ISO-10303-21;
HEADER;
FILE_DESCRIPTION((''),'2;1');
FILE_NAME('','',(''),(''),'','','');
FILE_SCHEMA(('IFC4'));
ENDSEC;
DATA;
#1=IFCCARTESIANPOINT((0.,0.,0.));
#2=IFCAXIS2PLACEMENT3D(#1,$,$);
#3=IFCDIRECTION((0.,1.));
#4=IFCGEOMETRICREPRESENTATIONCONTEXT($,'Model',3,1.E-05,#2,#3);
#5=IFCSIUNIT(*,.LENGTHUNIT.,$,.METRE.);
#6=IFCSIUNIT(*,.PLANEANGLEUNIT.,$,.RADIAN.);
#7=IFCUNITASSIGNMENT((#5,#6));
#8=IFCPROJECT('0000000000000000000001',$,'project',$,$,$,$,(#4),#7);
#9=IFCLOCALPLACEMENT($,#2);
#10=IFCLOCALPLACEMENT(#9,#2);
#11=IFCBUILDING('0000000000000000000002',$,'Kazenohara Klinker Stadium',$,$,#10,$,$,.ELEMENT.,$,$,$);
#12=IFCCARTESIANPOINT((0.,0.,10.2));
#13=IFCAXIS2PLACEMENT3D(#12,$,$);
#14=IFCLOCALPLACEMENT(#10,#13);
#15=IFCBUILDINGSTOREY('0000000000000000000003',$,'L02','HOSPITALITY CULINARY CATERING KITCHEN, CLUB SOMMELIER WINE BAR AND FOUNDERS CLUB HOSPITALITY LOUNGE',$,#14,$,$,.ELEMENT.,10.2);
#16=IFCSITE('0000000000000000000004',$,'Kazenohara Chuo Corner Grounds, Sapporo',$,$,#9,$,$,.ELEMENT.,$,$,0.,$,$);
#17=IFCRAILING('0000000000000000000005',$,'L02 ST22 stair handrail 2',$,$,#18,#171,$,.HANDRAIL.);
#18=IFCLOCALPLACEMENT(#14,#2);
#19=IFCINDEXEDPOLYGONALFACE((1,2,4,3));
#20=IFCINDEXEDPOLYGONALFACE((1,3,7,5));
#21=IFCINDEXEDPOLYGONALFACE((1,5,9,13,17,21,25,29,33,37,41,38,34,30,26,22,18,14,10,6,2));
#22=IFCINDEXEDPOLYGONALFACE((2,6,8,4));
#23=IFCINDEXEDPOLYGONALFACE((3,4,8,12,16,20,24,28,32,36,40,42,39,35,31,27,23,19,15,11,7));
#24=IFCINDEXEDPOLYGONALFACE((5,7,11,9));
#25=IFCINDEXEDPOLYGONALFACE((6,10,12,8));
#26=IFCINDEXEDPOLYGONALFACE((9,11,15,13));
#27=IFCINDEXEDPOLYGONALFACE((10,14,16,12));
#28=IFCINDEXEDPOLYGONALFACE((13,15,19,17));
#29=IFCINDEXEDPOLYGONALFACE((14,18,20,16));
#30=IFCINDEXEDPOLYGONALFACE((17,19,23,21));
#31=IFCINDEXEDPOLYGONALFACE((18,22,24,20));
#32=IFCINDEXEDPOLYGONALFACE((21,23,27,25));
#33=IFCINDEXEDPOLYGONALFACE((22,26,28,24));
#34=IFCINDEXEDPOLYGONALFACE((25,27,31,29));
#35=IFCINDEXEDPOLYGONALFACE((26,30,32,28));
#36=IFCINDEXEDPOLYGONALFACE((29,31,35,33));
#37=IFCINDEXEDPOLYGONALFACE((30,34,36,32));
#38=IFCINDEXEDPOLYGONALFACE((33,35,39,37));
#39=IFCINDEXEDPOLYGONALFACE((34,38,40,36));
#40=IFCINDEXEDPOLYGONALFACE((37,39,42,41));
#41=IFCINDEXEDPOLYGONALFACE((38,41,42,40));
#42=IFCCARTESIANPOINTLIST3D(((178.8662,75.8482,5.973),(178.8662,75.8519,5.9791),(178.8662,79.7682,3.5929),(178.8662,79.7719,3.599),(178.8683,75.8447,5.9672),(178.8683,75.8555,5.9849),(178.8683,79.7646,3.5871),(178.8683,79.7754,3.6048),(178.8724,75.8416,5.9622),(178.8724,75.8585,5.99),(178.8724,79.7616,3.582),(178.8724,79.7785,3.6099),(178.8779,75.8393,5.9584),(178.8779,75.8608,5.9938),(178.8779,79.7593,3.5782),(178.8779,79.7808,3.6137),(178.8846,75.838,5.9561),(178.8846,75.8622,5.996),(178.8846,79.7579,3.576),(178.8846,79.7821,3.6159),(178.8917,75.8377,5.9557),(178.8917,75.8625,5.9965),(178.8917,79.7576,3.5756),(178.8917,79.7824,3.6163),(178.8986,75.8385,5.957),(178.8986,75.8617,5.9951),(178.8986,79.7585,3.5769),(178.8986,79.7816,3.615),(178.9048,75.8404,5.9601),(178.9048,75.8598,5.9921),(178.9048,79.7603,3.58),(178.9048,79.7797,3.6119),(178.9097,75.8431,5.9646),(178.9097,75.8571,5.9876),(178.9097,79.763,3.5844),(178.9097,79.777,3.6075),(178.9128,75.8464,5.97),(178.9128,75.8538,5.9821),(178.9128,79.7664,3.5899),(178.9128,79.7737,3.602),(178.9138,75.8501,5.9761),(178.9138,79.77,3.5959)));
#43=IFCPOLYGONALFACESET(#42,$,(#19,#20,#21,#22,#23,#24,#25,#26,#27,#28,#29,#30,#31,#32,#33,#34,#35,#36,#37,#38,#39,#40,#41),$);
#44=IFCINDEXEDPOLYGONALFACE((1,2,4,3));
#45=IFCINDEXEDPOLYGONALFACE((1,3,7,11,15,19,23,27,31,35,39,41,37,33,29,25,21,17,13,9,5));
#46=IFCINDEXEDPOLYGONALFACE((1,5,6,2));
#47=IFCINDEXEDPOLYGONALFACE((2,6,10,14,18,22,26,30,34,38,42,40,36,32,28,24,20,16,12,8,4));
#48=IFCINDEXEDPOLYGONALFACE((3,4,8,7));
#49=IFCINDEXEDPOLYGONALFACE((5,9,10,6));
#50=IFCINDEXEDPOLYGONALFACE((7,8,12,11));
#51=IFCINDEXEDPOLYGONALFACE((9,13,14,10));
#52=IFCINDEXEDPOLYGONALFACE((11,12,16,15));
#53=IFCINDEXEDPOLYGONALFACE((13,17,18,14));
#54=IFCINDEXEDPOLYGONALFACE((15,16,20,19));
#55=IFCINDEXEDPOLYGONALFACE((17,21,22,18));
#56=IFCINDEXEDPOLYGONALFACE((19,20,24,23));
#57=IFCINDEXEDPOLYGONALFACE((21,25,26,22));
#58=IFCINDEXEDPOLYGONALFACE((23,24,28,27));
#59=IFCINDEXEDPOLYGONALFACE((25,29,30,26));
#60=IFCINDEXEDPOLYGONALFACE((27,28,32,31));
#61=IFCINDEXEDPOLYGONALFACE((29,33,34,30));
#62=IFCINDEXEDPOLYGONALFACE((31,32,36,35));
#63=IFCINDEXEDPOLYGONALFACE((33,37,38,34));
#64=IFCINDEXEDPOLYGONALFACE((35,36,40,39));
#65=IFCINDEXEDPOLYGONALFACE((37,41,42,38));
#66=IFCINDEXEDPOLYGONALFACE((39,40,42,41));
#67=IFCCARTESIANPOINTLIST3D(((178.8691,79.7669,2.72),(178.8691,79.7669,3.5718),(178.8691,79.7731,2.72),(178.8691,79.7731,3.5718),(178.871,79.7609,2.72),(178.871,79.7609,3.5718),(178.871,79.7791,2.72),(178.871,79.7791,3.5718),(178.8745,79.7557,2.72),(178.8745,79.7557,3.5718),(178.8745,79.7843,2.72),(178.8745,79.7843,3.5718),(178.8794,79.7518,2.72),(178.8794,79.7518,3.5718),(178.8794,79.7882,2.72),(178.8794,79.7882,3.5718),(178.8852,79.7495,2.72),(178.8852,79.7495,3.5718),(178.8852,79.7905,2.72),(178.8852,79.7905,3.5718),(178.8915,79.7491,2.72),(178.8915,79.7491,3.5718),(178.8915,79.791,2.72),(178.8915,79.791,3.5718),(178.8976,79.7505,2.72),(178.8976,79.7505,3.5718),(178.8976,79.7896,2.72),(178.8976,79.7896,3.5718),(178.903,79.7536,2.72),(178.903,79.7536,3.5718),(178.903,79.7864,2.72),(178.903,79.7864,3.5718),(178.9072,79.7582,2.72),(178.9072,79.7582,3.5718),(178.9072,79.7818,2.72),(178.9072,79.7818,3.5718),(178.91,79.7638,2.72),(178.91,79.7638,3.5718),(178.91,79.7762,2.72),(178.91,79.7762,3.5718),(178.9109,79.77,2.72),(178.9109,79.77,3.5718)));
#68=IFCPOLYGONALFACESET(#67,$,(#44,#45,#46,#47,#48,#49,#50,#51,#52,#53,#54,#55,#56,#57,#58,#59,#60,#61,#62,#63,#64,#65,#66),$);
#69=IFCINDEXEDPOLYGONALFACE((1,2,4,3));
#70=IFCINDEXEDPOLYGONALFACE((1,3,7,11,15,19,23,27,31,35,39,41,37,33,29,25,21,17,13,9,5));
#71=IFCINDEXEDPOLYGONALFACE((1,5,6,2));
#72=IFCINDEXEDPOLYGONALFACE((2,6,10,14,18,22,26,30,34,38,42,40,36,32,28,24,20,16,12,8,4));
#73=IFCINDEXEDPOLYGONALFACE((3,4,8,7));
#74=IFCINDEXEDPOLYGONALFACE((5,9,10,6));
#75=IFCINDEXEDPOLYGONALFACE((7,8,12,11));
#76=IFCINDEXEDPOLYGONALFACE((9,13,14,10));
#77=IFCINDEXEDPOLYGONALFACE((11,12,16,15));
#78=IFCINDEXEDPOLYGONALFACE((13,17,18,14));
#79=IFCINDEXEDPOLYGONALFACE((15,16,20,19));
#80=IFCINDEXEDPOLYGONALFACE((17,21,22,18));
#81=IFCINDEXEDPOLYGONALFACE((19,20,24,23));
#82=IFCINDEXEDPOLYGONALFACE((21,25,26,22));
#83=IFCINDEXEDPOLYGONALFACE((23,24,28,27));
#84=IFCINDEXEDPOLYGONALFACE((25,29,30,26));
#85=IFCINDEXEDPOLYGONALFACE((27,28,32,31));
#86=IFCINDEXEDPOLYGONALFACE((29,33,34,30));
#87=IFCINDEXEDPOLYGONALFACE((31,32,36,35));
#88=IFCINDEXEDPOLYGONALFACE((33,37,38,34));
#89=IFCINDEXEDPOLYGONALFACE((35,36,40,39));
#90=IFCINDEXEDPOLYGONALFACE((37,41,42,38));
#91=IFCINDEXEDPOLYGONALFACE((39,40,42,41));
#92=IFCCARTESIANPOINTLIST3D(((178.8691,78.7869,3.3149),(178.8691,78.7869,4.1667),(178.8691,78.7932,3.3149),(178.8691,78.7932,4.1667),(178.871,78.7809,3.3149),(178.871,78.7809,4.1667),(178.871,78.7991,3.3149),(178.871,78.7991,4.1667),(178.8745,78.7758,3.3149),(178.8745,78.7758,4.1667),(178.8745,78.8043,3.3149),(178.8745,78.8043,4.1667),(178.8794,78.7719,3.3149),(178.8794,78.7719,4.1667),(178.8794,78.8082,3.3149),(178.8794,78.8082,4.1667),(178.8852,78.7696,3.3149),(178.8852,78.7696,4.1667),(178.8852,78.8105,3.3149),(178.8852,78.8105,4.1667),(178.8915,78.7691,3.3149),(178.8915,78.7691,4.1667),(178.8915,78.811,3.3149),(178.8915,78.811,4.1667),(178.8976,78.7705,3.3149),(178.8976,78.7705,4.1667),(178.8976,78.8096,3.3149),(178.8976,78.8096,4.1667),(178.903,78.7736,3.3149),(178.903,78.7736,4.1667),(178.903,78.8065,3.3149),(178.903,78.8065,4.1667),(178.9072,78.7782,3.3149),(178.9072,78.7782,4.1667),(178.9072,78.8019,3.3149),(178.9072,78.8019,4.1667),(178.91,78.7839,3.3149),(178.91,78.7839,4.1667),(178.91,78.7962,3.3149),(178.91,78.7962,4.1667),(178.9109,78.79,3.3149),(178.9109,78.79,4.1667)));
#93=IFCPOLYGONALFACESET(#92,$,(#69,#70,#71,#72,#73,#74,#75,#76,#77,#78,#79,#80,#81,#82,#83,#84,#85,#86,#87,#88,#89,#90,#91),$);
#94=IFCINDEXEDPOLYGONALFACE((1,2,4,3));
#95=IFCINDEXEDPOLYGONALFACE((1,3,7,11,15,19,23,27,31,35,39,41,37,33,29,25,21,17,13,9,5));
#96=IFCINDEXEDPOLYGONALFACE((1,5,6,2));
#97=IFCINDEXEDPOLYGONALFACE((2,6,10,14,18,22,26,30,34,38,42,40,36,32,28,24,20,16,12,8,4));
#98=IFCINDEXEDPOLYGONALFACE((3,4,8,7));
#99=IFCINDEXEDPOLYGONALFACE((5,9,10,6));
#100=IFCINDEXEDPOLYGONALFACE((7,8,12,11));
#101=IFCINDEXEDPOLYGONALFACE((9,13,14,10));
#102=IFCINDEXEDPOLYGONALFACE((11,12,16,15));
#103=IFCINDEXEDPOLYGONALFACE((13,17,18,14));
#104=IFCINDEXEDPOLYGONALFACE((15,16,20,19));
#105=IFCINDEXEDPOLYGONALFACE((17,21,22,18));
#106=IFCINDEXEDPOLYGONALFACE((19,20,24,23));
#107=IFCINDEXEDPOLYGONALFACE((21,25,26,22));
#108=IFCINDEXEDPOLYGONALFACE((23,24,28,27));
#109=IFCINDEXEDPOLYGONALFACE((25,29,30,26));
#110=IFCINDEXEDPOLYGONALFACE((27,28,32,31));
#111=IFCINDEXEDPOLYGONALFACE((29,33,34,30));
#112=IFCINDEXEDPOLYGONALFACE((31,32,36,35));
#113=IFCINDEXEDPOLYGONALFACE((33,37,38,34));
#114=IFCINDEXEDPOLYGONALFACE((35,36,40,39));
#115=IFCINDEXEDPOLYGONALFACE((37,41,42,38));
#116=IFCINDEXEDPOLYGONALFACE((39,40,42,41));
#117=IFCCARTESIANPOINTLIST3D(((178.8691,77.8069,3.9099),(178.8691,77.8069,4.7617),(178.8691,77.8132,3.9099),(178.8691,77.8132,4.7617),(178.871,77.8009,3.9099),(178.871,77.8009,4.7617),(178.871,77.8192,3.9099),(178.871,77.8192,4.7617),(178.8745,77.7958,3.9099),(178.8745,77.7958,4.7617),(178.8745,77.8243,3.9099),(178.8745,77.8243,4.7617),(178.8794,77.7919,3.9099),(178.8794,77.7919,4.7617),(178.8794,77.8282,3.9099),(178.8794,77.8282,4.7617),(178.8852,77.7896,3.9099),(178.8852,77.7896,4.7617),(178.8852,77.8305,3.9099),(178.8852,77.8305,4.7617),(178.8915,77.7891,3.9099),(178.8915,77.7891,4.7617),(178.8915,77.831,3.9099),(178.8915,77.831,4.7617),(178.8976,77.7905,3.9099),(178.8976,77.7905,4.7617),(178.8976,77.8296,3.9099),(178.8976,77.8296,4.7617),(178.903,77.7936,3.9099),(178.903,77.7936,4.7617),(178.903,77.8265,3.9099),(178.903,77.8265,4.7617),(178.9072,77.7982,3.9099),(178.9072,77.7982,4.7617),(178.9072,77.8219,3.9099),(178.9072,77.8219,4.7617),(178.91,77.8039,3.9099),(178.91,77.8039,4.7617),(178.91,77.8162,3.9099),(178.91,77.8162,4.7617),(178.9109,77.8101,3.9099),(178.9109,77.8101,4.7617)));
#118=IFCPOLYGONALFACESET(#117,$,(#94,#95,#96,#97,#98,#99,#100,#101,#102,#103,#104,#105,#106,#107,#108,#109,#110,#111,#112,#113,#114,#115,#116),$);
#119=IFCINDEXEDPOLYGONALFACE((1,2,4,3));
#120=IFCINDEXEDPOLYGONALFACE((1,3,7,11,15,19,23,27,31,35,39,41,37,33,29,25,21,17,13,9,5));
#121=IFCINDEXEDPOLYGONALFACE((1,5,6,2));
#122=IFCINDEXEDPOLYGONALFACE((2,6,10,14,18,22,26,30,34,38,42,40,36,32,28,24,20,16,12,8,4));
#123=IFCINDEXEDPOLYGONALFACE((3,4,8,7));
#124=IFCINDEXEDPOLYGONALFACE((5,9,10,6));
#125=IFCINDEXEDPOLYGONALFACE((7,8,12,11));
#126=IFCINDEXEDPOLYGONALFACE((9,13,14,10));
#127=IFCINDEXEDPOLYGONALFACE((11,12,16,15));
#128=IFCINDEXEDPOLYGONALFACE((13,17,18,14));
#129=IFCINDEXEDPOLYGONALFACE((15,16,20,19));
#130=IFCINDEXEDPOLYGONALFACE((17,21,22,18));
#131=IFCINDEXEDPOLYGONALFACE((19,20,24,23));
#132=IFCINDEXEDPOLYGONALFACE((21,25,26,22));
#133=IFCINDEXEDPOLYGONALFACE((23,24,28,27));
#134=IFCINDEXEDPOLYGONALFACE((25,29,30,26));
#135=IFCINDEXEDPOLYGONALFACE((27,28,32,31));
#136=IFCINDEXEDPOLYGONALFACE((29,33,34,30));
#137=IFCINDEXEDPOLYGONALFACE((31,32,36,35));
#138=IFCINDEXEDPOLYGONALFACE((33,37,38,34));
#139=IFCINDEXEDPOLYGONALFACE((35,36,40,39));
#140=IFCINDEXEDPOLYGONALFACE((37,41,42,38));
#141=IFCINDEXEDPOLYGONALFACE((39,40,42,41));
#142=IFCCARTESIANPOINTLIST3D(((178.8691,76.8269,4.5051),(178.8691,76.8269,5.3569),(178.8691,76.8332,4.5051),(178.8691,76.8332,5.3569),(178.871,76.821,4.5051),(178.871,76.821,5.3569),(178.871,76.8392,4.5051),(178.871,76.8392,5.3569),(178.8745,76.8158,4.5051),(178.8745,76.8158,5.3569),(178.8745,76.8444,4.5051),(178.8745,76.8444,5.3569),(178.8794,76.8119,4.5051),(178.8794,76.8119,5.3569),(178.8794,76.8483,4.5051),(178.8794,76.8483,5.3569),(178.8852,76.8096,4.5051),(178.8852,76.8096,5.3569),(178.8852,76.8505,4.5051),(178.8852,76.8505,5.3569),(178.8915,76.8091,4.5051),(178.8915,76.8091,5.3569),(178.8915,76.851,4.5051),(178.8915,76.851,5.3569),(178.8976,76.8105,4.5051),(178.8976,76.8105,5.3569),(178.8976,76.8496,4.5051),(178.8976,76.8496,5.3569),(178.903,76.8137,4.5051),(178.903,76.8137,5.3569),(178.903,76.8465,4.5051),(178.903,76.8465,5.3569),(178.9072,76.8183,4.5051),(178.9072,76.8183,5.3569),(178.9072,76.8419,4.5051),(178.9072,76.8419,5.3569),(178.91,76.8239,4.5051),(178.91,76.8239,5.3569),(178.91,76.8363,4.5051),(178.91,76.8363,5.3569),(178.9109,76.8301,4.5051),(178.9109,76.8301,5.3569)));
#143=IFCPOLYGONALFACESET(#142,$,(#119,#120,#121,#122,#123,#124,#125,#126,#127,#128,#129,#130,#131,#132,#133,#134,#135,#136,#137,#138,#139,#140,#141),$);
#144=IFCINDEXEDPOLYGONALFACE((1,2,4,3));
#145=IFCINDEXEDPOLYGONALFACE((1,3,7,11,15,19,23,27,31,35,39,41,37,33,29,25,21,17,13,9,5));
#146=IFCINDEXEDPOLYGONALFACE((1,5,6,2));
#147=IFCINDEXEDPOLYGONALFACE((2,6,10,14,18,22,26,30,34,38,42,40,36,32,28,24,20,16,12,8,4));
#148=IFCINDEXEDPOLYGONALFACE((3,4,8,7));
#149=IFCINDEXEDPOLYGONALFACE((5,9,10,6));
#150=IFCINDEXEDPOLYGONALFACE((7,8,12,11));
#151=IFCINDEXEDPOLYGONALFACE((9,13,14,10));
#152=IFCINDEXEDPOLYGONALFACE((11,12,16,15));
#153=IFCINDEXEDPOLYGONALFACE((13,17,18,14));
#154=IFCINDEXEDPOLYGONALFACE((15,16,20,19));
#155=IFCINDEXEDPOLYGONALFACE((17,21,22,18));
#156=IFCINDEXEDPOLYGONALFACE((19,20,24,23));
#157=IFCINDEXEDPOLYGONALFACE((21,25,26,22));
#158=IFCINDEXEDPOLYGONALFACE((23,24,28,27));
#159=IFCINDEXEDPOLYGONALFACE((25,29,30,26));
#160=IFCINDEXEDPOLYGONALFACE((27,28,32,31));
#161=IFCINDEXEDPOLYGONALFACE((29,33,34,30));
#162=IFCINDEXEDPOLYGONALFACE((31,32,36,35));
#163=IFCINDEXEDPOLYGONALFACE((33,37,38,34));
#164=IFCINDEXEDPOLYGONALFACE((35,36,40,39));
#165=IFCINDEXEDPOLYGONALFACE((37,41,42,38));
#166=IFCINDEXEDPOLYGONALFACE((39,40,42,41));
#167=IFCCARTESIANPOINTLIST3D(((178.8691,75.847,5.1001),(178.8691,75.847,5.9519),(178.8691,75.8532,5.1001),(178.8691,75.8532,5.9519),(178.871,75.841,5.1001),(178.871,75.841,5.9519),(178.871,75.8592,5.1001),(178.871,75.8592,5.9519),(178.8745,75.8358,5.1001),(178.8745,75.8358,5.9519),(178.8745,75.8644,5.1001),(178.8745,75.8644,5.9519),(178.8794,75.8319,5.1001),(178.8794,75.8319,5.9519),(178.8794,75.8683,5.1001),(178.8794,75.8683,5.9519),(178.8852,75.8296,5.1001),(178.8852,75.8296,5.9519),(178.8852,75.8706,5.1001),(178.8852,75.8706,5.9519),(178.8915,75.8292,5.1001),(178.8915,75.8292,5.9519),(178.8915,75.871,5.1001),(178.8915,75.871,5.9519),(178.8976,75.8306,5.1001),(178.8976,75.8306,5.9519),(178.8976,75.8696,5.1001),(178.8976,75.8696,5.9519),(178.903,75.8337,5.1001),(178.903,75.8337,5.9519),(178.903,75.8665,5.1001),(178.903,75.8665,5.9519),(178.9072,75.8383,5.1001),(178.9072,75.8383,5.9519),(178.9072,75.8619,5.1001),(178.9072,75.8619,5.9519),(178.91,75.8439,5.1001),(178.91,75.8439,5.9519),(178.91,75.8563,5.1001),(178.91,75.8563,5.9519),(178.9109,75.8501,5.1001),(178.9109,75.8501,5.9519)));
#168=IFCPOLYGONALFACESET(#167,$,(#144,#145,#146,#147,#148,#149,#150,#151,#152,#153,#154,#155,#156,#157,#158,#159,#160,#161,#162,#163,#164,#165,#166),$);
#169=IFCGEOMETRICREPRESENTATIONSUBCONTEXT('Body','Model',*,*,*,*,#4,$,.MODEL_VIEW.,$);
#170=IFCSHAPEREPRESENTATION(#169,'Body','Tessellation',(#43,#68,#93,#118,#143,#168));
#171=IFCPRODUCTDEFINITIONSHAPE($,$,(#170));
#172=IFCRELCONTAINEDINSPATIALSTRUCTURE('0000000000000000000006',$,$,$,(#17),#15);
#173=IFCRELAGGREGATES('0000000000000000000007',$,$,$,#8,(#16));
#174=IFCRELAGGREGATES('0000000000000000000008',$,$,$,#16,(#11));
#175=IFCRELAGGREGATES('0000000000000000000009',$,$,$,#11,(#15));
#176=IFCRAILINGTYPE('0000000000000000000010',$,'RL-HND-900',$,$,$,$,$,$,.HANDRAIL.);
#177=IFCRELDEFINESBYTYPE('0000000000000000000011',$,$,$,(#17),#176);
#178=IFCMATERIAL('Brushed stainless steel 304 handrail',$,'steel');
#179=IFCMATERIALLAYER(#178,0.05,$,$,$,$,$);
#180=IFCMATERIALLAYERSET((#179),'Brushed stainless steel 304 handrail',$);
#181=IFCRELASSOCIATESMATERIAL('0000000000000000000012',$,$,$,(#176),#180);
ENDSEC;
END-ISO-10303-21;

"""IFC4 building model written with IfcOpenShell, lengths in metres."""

from ifc_helpers import new_model, si_unit, direction, frame, origin, origin_2d, place, context, subcontext, project, spatial, circle, extrude, material, layer, layer_set, type_object, element, save


model = new_model("IFC4")

# Units and contexts
model_context = context("Model", 3, precision=1e-05, world=origin(), true_north=direction((0.0, 1.0)))
body_context = subcontext(model_context, "Body", "Model", "MODEL_VIEW")
ifc_project = project(units=[si_unit("LENGTHUNIT", "METRE"), si_unit("PLANEANGLEUNIT", "RADIAN")], contexts=[model_context])

# Site, building, storey
site_placement = place(None, origin())
site = spatial("IfcSite", under=ifc_project, at=site_placement, Name="Kazenohara Chuo Corner Grounds, Sapporo", CompositionType="ELEMENT", RefElevation=0.0)
building_placement = place(site_placement, origin())
building = spatial("IfcBuilding", under=site, at=building_placement, Name="Kazenohara Klinker Stadium", CompositionType="ELEMENT")
storey_placement = place(building_placement, frame((0.0, 0.0, 10.2)))
storey = spatial("IfcBuildingStorey", under=building, at=storey_placement, Name="L02", Description="HOSPITALITY CULINARY CATERING KITCHEN, CLUB SOMMELIER WINE BAR AND FOUNDERS CLUB HOSPITALITY LOUNGE", CompositionType="ELEMENT", Elevation=10.2)

# Railing
ifc_material_1 = material(Name="Brushed stainless steel 304 handrail", Category="steel")
ifc_layer_1 = layer(ifc_material_1, 0.05)
ifc_layer_set_1 = layer_set([ifc_layer_1], Name="Brushed stainless steel 304 handrail")
railing_type_1 = type_object("IfcRailingType", Name="RL-HND-900", PredefinedType="HANDRAIL", material=ifc_layer_set_1)
railing_1_placement = place(storey_placement, frame((178.8899, 79.77, 2.72)))
element("IfcRailing", 1, at=railing_1_placement, inside=storey, type_object=railing_type_1, Name="L02 ST22 stair handrail 2", PredefinedType="HANDRAIL", context=body_context, shape_type="SweptSolid", body=[
    extrude(circle(Radius=0.0239, at=origin_2d()), frame((0.0, 0.0, 0.876), z_axis=(0.0, -0.854771, 0.519006), x_axis=(1.0, 0.0, 0.0)), (0.0, 0.0, 1.0), 4.5859),
    extrude(circle(Radius=0.021, at=origin_2d()), origin(), (0.0, 0.0, 1.0), 0.8518),
    extrude(circle(Radius=0.021, at=origin_2d()), frame((0.0, -0.98, 0.595)), (0.0, 0.0, 1.0), 0.8518),
    extrude(circle(Radius=0.021, at=origin_2d()), frame((0.0, -1.96, 1.1899)), (0.0, 0.0, 1.0), 0.8518),
    extrude(circle(Radius=0.021, at=origin_2d()), frame((0.0, -2.9399, 1.7852)), (0.0, 0.0, 1.0), 0.8518),
    extrude(circle(Radius=0.021, at=origin_2d()), frame((0.0, -3.9199, 2.3801)), (0.0, 0.0, 1.0), 0.8518),
])

save(model, "model.ifc")
